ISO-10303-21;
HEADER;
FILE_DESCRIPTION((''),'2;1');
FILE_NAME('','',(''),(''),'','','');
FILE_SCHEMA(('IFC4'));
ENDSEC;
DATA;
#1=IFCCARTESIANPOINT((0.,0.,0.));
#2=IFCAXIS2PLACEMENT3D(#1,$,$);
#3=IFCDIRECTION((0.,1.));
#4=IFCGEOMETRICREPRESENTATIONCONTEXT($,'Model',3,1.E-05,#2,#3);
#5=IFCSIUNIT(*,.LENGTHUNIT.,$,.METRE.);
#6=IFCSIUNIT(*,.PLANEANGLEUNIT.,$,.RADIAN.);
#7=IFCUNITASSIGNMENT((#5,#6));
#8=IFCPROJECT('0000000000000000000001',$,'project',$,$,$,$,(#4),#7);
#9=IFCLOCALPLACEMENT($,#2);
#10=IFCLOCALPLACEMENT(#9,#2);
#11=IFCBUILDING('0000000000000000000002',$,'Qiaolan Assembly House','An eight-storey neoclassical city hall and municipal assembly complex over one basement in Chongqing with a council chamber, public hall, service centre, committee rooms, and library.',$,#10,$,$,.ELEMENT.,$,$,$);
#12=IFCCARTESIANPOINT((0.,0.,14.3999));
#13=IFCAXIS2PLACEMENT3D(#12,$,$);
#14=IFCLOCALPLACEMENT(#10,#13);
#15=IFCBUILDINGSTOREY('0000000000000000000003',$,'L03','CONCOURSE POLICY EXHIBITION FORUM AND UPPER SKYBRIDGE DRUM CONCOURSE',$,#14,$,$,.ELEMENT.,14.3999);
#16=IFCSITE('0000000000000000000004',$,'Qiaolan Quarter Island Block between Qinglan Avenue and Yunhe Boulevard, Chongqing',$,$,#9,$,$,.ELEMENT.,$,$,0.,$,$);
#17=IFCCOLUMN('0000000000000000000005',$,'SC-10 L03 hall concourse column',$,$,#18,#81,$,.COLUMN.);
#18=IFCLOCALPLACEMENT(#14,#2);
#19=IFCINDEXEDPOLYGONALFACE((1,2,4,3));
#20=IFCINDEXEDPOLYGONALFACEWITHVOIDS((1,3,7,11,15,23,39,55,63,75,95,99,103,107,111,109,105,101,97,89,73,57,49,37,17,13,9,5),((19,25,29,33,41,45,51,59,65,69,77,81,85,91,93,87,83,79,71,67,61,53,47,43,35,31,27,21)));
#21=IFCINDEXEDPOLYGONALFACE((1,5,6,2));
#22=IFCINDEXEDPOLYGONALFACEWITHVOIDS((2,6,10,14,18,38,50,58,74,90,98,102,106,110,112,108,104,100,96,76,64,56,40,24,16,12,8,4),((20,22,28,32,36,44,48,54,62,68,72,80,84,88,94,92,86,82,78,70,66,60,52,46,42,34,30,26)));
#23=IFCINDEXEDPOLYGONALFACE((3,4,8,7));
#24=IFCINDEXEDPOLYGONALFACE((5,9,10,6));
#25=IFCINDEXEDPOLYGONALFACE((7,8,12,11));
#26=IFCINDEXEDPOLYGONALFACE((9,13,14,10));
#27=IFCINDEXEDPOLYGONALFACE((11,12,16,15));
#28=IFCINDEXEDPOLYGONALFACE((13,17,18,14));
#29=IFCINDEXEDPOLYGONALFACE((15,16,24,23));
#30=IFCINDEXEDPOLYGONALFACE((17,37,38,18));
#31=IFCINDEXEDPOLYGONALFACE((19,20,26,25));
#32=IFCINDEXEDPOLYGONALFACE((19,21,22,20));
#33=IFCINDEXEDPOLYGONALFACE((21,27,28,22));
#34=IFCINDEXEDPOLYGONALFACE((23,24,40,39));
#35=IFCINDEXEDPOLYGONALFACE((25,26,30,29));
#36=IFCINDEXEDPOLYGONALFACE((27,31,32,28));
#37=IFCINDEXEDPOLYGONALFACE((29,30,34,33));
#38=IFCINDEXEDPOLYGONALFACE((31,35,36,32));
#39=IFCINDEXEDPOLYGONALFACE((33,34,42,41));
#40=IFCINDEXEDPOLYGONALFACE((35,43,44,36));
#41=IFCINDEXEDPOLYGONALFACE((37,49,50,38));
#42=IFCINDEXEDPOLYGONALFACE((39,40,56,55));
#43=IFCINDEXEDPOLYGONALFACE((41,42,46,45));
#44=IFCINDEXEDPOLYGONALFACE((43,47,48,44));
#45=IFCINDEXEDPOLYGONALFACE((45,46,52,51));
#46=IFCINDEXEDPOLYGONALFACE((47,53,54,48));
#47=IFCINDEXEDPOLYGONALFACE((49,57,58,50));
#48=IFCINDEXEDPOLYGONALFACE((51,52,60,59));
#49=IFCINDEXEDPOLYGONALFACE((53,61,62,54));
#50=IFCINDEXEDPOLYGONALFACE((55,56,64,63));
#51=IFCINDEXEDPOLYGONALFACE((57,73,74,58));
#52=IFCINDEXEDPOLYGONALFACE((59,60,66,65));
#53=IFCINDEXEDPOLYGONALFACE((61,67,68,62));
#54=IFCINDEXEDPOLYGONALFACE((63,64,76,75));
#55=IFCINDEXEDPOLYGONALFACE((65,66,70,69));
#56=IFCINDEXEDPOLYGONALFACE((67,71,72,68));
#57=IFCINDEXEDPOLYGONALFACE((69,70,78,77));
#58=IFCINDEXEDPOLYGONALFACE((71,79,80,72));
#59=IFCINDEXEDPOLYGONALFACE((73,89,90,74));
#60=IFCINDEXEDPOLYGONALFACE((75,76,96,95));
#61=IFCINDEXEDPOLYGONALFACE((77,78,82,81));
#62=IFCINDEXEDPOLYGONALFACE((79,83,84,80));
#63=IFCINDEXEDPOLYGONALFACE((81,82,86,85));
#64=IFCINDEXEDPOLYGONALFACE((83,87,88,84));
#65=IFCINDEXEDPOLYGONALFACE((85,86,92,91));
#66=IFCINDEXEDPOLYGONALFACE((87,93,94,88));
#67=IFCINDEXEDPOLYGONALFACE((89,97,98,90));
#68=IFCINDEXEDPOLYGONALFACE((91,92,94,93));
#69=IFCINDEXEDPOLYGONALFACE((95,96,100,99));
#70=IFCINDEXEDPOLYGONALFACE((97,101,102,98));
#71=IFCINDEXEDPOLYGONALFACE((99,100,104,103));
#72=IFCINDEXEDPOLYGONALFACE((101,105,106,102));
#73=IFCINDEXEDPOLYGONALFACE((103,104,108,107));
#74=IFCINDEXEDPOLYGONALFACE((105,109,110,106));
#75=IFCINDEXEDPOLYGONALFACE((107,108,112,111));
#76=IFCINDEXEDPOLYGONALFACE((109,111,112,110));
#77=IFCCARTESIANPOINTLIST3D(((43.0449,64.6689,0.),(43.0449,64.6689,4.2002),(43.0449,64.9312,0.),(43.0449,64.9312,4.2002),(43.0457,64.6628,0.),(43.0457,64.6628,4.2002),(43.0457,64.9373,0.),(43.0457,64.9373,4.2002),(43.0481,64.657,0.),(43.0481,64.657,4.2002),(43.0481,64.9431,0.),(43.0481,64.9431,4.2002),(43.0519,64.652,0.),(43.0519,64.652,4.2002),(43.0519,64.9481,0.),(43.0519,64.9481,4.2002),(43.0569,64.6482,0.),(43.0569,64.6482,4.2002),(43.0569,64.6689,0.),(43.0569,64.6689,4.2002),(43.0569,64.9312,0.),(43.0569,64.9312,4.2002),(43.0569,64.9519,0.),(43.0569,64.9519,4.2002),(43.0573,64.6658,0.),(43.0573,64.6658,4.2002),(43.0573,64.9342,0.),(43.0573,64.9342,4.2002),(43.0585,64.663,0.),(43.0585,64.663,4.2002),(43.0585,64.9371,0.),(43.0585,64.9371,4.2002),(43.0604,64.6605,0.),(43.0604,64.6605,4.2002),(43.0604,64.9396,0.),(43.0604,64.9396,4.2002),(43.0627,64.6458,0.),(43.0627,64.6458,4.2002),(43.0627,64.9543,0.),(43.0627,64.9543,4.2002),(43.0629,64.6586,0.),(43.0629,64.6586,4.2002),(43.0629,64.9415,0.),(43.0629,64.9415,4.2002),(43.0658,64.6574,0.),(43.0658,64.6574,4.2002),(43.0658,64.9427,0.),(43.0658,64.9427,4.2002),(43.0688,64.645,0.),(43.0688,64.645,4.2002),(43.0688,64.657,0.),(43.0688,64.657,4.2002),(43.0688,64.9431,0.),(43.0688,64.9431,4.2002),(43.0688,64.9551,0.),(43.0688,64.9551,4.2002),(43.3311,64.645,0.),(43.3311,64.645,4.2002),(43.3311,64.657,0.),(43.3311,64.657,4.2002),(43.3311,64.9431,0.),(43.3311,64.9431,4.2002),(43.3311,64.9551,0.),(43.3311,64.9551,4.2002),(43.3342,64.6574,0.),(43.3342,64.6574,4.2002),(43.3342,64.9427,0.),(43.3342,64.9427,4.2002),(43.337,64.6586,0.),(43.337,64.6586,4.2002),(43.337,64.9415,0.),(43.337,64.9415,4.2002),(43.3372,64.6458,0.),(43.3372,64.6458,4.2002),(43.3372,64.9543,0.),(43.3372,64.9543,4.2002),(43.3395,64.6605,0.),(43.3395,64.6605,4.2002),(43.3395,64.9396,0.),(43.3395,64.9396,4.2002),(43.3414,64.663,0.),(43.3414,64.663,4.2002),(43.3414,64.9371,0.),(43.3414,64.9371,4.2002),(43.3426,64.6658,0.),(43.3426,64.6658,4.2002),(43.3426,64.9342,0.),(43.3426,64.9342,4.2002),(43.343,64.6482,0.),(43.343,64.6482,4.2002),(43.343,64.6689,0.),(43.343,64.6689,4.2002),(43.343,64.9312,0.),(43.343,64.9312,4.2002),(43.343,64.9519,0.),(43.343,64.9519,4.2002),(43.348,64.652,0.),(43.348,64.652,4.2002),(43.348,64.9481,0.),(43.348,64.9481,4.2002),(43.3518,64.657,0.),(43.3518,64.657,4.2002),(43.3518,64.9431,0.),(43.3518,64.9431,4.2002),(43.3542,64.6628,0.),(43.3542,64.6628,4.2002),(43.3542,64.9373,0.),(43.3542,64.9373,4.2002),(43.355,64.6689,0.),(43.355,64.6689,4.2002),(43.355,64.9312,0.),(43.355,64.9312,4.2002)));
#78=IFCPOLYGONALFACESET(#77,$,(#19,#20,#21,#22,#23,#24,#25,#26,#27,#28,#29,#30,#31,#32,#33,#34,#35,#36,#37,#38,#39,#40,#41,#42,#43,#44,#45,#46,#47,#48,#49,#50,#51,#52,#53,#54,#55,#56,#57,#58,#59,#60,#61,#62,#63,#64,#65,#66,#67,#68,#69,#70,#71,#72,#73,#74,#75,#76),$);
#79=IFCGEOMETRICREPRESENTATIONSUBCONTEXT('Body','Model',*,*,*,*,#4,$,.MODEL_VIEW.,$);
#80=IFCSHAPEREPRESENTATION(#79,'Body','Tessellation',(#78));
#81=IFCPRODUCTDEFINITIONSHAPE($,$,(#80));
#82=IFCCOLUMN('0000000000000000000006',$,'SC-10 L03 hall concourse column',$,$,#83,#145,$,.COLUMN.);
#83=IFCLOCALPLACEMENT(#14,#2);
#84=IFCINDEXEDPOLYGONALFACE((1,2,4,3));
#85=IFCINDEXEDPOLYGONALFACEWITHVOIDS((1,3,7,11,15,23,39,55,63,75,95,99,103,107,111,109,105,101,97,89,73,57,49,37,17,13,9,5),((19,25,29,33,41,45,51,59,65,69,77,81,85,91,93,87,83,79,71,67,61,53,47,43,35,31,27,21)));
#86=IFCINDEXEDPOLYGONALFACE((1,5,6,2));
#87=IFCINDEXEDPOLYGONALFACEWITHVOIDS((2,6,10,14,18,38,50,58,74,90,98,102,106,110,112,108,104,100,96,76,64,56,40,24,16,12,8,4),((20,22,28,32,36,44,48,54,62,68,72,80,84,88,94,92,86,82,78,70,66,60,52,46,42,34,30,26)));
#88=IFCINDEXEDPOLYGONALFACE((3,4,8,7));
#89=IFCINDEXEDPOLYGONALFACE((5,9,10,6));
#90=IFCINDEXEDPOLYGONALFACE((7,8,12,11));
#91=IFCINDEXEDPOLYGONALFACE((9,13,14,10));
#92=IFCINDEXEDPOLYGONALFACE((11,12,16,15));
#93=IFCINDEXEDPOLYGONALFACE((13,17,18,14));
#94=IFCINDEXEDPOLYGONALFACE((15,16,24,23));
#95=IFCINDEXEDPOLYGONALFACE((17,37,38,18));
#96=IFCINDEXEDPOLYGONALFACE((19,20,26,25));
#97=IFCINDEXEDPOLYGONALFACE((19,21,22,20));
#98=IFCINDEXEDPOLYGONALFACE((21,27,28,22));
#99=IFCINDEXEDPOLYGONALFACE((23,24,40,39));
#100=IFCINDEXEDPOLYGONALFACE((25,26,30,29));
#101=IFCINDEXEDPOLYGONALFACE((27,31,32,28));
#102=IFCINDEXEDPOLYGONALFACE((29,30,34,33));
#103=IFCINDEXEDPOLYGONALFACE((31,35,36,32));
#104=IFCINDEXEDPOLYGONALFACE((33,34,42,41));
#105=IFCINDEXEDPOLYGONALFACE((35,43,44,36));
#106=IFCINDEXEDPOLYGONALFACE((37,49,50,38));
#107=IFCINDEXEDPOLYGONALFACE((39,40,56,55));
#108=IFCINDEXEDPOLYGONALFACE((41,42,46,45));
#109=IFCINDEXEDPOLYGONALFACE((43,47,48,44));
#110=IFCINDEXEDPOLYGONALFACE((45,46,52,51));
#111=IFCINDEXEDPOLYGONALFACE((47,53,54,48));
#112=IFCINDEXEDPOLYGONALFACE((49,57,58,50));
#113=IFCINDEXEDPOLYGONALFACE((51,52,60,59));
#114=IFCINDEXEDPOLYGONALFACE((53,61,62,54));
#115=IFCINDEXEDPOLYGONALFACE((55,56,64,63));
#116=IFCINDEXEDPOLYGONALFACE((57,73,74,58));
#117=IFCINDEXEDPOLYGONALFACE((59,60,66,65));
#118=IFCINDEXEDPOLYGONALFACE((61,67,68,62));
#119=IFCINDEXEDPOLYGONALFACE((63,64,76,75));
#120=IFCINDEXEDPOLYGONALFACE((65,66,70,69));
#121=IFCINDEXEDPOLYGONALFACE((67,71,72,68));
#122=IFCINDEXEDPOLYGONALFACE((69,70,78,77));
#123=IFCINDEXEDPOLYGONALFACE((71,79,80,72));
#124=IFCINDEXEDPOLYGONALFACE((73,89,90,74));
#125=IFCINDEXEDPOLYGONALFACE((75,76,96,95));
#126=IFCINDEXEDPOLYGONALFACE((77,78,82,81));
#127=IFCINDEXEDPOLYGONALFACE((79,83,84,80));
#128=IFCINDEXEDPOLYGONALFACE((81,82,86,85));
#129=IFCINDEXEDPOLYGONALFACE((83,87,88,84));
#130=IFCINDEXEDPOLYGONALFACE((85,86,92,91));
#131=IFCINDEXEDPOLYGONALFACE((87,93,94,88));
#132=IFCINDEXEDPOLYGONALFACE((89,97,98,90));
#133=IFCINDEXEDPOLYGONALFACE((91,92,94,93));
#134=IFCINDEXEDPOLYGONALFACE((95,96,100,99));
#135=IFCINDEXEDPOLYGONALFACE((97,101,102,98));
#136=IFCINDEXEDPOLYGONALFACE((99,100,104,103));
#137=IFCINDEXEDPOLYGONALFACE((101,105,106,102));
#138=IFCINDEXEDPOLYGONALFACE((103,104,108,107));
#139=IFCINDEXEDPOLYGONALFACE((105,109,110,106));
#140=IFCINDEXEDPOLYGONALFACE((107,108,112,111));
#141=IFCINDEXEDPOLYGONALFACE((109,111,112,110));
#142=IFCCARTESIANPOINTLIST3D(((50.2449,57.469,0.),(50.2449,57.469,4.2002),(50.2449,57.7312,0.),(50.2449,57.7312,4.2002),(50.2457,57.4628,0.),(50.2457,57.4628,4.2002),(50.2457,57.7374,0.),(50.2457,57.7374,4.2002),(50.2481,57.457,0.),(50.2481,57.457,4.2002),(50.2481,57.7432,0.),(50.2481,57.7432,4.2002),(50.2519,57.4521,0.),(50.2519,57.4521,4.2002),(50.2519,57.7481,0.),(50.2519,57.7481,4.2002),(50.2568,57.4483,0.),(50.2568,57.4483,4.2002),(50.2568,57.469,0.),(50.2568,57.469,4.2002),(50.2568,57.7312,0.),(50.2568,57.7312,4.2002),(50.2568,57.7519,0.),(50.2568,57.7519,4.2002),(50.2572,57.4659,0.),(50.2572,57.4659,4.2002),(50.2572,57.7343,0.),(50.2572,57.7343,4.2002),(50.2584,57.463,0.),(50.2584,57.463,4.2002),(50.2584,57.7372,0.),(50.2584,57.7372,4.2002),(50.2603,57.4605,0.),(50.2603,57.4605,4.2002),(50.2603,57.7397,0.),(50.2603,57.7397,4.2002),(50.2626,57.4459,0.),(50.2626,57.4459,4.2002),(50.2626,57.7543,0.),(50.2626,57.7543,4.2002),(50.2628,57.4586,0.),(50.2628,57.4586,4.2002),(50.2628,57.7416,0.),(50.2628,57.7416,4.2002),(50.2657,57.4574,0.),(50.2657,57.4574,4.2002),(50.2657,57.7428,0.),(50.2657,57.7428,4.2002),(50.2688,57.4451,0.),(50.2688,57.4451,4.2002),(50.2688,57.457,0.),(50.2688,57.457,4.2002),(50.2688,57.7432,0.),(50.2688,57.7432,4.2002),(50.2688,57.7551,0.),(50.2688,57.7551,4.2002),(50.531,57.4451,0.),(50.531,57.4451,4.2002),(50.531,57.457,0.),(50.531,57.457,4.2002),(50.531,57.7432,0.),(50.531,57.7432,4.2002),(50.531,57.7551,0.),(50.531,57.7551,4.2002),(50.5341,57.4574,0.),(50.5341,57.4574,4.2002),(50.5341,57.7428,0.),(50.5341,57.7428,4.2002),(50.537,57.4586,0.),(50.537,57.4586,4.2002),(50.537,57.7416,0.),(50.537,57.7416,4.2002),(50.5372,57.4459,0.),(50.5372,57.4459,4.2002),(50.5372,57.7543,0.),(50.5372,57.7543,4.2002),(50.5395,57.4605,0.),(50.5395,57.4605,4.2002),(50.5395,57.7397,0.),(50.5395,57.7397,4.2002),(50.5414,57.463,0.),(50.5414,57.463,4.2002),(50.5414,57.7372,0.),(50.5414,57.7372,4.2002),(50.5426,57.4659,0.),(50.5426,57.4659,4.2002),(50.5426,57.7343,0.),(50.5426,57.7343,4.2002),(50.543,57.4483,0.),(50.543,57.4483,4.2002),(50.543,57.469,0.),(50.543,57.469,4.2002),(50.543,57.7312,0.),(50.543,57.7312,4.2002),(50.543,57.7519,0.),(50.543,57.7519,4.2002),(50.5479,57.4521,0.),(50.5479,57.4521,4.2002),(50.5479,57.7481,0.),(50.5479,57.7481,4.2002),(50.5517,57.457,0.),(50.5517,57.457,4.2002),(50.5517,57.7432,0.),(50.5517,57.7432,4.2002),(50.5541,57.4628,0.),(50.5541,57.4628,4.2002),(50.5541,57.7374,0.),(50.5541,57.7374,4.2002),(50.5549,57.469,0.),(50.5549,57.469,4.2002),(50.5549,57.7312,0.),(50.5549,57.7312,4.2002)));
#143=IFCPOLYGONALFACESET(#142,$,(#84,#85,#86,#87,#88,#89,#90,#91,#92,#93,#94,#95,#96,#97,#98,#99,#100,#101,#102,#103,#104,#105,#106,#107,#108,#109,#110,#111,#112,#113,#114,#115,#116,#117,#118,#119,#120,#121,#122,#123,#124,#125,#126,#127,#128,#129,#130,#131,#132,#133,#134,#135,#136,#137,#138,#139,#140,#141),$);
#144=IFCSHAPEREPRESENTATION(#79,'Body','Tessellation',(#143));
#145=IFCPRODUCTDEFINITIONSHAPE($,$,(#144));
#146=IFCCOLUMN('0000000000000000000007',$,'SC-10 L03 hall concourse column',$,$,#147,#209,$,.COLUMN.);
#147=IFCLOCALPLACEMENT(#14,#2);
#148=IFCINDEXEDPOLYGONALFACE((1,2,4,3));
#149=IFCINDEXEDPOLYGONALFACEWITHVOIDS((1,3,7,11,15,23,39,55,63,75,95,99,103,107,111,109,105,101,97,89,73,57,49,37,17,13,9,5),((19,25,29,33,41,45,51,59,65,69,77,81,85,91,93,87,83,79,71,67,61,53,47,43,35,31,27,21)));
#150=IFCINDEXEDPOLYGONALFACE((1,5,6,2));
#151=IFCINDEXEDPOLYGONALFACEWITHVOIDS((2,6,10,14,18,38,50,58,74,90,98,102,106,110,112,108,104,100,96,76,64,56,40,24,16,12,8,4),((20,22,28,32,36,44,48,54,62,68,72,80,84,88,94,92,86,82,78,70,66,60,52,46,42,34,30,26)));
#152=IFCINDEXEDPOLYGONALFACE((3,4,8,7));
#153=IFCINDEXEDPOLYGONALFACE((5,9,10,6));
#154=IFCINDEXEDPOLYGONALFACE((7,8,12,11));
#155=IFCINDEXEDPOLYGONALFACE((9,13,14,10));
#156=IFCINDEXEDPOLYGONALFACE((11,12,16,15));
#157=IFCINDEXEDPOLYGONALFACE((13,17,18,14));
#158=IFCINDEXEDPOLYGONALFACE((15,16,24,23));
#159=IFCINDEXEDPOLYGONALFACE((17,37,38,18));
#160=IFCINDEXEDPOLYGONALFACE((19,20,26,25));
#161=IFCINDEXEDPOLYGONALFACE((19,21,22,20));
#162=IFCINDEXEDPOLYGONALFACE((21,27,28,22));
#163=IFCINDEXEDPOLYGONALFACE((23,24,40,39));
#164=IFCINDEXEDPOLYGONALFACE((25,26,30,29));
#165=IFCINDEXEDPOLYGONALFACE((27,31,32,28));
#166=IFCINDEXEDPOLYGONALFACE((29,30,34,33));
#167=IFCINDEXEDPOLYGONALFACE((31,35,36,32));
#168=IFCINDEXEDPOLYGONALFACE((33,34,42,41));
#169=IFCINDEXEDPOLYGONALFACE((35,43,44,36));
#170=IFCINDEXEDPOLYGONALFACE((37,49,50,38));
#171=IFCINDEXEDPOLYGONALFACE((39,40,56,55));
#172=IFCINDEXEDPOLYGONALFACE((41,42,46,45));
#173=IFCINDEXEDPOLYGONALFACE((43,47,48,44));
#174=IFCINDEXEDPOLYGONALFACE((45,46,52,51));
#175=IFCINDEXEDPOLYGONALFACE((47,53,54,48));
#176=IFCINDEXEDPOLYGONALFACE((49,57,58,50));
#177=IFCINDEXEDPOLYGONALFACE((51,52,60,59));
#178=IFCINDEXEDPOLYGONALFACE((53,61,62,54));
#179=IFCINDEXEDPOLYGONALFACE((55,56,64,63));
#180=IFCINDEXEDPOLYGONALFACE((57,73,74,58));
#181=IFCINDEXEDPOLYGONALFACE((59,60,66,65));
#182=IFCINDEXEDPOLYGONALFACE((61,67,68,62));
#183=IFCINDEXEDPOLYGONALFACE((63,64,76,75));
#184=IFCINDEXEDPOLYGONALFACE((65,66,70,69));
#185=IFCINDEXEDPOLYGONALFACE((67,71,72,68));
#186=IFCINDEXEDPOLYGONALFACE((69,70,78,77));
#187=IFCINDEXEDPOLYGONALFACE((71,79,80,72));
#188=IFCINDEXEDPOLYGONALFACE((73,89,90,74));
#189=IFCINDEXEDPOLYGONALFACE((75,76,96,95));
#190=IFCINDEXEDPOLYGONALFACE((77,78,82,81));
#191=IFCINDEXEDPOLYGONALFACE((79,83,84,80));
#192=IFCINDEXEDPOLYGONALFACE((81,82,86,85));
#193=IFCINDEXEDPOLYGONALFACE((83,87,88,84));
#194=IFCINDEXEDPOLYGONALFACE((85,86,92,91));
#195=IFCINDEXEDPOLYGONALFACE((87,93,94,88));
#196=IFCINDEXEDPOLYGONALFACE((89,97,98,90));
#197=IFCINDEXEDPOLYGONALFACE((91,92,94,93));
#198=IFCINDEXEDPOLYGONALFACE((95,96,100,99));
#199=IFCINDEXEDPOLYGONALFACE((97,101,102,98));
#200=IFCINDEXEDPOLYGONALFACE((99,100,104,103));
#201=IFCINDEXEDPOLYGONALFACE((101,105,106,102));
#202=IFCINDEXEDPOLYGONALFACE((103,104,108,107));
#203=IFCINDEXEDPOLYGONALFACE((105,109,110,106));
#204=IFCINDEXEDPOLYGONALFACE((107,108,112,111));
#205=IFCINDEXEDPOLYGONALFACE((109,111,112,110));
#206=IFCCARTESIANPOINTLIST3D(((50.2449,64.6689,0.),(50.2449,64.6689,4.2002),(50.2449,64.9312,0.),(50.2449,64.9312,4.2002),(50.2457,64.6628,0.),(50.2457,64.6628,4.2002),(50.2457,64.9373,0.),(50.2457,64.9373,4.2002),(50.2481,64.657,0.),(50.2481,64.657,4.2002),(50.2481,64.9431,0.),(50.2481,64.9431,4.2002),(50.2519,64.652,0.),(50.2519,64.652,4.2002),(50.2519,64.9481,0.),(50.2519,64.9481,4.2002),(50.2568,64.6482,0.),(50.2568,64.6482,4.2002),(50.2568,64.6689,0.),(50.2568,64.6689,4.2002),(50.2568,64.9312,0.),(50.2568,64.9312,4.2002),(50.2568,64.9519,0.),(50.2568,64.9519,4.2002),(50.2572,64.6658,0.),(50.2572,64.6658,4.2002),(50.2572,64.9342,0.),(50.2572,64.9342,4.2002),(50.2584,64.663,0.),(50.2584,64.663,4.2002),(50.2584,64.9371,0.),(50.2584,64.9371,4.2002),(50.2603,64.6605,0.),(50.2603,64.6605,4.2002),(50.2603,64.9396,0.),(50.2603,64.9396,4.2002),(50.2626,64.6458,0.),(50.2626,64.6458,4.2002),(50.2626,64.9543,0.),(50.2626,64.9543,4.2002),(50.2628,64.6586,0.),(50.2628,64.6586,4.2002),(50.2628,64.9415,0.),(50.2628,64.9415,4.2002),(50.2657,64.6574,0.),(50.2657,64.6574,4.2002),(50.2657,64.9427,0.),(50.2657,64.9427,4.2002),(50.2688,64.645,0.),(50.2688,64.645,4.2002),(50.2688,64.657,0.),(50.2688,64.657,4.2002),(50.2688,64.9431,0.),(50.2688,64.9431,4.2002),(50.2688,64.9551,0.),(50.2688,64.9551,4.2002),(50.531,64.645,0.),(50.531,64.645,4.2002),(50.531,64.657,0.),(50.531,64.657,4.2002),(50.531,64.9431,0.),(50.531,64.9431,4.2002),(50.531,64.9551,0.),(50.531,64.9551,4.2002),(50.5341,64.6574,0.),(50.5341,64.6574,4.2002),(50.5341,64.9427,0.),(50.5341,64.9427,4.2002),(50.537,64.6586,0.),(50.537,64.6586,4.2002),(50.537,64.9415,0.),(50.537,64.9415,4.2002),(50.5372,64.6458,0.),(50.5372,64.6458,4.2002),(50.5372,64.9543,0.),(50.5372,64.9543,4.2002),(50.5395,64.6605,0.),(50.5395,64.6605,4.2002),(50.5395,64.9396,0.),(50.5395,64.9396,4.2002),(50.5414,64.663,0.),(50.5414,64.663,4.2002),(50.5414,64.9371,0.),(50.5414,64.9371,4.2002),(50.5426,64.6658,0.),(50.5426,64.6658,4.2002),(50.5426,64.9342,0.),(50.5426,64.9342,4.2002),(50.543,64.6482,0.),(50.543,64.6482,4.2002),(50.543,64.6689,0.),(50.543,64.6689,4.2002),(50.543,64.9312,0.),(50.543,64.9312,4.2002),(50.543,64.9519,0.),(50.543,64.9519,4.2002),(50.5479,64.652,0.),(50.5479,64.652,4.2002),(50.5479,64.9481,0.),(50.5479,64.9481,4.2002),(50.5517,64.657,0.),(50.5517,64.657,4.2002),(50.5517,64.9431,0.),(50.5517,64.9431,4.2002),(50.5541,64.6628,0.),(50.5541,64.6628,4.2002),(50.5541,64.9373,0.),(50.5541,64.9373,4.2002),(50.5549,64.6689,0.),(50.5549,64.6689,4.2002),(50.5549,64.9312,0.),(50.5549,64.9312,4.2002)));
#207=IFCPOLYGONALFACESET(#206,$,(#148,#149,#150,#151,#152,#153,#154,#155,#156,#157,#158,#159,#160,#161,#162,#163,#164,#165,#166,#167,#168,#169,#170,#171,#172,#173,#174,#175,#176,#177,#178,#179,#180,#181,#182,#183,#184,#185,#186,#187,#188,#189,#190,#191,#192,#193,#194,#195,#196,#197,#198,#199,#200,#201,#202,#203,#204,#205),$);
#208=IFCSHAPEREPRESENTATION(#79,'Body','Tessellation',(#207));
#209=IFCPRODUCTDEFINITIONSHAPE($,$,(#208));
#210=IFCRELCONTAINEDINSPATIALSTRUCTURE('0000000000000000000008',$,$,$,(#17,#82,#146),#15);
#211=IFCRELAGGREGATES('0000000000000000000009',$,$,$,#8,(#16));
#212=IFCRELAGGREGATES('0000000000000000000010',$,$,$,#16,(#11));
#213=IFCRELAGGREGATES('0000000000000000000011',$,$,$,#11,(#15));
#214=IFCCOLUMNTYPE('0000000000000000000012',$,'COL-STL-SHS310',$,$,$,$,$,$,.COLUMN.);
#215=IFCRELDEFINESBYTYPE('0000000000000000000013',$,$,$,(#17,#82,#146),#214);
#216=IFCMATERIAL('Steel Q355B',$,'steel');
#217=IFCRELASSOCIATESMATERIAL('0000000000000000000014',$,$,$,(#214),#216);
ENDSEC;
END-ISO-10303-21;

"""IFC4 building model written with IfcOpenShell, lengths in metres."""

from ifc_helpers import new_model, si_unit, direction, frame, origin, origin_2d, place, context, subcontext, project, spatial, hollow_rectangle, extrude, material, material_profile, profile_set, type_object, element, save


model = new_model("IFC4")

# Units and contexts
model_context = context("Model", 3, precision=1e-05, world=origin(), true_north=direction((0.0, 1.0)))
body_context = subcontext(model_context, "Body", "Model", "MODEL_VIEW")
ifc_project = project(units=[si_unit("LENGTHUNIT", "METRE"), si_unit("PLANEANGLEUNIT", "RADIAN")], contexts=[model_context])

# Site, building, storey
site_placement = place(None, origin())
site = spatial("IfcSite", under=ifc_project, at=site_placement, Name="Qiaolan Quarter Island Block between Qinglan Avenue and Yunhe Boulevard, Chongqing", CompositionType="ELEMENT", RefElevation=0.0)
building_placement = place(site_placement, origin())
building = spatial("IfcBuilding", under=site, at=building_placement, Name="Qiaolan Assembly House", Description="An eight-storey neoclassical city hall and municipal assembly complex over one basement in Chongqing with a council chamber, public hall, service centre, committee rooms, and library.", CompositionType="ELEMENT")
storey_placement = place(building_placement, frame((0.0, 0.0, 14.3999)))
storey = spatial("IfcBuildingStorey", under=building, at=storey_placement, Name="L03", Description="CONCOURSE POLICY EXHIBITION FORUM AND UPPER SKYBRIDGE DRUM CONCOURSE", CompositionType="ELEMENT", Elevation=14.3999)

# Columns
ifc_material_1 = material(Name="Steel Q355B", Category="steel")
ifc_material_profile_1 = material_profile(ifc_material_1, hollow_rectangle(XDim=0.3101, YDim=0.3101, WallThickness=0.012, InnerFilletRadius=0.012, OuterFilletRadius=0.0239, at=origin_2d()), Name="SHS 310x310x12")
ifc_profile_set_1 = profile_set([ifc_material_profile_1], Name="Steel Q355B")
column_type = type_object("IfcColumnType", Name="COL-STL-SHS310", PredefinedType="COLUMN", material=ifc_profile_set_1)
for number, where, z_axis, x_axis, name in (
    (1, (43.2, 64.8, 0.0), (0.0, 0.0, 1.0), (1.0, 0.0, 0.0), "SC-10 L03 hall concourse column"),
    (2, (50.3999, 57.6001, 0.0), (0.0, 0.0, 1.0), (1.0, 0.0, 0.0), "SC-10 L03 hall concourse column"),
    (3, (50.3999, 64.8, 0.0), (0.0, 0.0, 1.0), (1.0, 0.0, 0.0), "SC-10 L03 hall concourse column"),
):
    element("IfcColumn", number, at=place(storey_placement, frame(where, z_axis=z_axis, x_axis=x_axis)), inside=storey, type_object=column_type, Name=name, PredefinedType="COLUMN", context=body_context, shape_type="SweptSolid", body=[
        extrude(hollow_rectangle(XDim=0.3101, YDim=0.3101, WallThickness=0.012, InnerFilletRadius=0.012, OuterFilletRadius=0.0239, at=origin_2d()), origin(), (0.0, 0.0, 1.0), 4.2002),
    ])

save(model, "model.ifc")
